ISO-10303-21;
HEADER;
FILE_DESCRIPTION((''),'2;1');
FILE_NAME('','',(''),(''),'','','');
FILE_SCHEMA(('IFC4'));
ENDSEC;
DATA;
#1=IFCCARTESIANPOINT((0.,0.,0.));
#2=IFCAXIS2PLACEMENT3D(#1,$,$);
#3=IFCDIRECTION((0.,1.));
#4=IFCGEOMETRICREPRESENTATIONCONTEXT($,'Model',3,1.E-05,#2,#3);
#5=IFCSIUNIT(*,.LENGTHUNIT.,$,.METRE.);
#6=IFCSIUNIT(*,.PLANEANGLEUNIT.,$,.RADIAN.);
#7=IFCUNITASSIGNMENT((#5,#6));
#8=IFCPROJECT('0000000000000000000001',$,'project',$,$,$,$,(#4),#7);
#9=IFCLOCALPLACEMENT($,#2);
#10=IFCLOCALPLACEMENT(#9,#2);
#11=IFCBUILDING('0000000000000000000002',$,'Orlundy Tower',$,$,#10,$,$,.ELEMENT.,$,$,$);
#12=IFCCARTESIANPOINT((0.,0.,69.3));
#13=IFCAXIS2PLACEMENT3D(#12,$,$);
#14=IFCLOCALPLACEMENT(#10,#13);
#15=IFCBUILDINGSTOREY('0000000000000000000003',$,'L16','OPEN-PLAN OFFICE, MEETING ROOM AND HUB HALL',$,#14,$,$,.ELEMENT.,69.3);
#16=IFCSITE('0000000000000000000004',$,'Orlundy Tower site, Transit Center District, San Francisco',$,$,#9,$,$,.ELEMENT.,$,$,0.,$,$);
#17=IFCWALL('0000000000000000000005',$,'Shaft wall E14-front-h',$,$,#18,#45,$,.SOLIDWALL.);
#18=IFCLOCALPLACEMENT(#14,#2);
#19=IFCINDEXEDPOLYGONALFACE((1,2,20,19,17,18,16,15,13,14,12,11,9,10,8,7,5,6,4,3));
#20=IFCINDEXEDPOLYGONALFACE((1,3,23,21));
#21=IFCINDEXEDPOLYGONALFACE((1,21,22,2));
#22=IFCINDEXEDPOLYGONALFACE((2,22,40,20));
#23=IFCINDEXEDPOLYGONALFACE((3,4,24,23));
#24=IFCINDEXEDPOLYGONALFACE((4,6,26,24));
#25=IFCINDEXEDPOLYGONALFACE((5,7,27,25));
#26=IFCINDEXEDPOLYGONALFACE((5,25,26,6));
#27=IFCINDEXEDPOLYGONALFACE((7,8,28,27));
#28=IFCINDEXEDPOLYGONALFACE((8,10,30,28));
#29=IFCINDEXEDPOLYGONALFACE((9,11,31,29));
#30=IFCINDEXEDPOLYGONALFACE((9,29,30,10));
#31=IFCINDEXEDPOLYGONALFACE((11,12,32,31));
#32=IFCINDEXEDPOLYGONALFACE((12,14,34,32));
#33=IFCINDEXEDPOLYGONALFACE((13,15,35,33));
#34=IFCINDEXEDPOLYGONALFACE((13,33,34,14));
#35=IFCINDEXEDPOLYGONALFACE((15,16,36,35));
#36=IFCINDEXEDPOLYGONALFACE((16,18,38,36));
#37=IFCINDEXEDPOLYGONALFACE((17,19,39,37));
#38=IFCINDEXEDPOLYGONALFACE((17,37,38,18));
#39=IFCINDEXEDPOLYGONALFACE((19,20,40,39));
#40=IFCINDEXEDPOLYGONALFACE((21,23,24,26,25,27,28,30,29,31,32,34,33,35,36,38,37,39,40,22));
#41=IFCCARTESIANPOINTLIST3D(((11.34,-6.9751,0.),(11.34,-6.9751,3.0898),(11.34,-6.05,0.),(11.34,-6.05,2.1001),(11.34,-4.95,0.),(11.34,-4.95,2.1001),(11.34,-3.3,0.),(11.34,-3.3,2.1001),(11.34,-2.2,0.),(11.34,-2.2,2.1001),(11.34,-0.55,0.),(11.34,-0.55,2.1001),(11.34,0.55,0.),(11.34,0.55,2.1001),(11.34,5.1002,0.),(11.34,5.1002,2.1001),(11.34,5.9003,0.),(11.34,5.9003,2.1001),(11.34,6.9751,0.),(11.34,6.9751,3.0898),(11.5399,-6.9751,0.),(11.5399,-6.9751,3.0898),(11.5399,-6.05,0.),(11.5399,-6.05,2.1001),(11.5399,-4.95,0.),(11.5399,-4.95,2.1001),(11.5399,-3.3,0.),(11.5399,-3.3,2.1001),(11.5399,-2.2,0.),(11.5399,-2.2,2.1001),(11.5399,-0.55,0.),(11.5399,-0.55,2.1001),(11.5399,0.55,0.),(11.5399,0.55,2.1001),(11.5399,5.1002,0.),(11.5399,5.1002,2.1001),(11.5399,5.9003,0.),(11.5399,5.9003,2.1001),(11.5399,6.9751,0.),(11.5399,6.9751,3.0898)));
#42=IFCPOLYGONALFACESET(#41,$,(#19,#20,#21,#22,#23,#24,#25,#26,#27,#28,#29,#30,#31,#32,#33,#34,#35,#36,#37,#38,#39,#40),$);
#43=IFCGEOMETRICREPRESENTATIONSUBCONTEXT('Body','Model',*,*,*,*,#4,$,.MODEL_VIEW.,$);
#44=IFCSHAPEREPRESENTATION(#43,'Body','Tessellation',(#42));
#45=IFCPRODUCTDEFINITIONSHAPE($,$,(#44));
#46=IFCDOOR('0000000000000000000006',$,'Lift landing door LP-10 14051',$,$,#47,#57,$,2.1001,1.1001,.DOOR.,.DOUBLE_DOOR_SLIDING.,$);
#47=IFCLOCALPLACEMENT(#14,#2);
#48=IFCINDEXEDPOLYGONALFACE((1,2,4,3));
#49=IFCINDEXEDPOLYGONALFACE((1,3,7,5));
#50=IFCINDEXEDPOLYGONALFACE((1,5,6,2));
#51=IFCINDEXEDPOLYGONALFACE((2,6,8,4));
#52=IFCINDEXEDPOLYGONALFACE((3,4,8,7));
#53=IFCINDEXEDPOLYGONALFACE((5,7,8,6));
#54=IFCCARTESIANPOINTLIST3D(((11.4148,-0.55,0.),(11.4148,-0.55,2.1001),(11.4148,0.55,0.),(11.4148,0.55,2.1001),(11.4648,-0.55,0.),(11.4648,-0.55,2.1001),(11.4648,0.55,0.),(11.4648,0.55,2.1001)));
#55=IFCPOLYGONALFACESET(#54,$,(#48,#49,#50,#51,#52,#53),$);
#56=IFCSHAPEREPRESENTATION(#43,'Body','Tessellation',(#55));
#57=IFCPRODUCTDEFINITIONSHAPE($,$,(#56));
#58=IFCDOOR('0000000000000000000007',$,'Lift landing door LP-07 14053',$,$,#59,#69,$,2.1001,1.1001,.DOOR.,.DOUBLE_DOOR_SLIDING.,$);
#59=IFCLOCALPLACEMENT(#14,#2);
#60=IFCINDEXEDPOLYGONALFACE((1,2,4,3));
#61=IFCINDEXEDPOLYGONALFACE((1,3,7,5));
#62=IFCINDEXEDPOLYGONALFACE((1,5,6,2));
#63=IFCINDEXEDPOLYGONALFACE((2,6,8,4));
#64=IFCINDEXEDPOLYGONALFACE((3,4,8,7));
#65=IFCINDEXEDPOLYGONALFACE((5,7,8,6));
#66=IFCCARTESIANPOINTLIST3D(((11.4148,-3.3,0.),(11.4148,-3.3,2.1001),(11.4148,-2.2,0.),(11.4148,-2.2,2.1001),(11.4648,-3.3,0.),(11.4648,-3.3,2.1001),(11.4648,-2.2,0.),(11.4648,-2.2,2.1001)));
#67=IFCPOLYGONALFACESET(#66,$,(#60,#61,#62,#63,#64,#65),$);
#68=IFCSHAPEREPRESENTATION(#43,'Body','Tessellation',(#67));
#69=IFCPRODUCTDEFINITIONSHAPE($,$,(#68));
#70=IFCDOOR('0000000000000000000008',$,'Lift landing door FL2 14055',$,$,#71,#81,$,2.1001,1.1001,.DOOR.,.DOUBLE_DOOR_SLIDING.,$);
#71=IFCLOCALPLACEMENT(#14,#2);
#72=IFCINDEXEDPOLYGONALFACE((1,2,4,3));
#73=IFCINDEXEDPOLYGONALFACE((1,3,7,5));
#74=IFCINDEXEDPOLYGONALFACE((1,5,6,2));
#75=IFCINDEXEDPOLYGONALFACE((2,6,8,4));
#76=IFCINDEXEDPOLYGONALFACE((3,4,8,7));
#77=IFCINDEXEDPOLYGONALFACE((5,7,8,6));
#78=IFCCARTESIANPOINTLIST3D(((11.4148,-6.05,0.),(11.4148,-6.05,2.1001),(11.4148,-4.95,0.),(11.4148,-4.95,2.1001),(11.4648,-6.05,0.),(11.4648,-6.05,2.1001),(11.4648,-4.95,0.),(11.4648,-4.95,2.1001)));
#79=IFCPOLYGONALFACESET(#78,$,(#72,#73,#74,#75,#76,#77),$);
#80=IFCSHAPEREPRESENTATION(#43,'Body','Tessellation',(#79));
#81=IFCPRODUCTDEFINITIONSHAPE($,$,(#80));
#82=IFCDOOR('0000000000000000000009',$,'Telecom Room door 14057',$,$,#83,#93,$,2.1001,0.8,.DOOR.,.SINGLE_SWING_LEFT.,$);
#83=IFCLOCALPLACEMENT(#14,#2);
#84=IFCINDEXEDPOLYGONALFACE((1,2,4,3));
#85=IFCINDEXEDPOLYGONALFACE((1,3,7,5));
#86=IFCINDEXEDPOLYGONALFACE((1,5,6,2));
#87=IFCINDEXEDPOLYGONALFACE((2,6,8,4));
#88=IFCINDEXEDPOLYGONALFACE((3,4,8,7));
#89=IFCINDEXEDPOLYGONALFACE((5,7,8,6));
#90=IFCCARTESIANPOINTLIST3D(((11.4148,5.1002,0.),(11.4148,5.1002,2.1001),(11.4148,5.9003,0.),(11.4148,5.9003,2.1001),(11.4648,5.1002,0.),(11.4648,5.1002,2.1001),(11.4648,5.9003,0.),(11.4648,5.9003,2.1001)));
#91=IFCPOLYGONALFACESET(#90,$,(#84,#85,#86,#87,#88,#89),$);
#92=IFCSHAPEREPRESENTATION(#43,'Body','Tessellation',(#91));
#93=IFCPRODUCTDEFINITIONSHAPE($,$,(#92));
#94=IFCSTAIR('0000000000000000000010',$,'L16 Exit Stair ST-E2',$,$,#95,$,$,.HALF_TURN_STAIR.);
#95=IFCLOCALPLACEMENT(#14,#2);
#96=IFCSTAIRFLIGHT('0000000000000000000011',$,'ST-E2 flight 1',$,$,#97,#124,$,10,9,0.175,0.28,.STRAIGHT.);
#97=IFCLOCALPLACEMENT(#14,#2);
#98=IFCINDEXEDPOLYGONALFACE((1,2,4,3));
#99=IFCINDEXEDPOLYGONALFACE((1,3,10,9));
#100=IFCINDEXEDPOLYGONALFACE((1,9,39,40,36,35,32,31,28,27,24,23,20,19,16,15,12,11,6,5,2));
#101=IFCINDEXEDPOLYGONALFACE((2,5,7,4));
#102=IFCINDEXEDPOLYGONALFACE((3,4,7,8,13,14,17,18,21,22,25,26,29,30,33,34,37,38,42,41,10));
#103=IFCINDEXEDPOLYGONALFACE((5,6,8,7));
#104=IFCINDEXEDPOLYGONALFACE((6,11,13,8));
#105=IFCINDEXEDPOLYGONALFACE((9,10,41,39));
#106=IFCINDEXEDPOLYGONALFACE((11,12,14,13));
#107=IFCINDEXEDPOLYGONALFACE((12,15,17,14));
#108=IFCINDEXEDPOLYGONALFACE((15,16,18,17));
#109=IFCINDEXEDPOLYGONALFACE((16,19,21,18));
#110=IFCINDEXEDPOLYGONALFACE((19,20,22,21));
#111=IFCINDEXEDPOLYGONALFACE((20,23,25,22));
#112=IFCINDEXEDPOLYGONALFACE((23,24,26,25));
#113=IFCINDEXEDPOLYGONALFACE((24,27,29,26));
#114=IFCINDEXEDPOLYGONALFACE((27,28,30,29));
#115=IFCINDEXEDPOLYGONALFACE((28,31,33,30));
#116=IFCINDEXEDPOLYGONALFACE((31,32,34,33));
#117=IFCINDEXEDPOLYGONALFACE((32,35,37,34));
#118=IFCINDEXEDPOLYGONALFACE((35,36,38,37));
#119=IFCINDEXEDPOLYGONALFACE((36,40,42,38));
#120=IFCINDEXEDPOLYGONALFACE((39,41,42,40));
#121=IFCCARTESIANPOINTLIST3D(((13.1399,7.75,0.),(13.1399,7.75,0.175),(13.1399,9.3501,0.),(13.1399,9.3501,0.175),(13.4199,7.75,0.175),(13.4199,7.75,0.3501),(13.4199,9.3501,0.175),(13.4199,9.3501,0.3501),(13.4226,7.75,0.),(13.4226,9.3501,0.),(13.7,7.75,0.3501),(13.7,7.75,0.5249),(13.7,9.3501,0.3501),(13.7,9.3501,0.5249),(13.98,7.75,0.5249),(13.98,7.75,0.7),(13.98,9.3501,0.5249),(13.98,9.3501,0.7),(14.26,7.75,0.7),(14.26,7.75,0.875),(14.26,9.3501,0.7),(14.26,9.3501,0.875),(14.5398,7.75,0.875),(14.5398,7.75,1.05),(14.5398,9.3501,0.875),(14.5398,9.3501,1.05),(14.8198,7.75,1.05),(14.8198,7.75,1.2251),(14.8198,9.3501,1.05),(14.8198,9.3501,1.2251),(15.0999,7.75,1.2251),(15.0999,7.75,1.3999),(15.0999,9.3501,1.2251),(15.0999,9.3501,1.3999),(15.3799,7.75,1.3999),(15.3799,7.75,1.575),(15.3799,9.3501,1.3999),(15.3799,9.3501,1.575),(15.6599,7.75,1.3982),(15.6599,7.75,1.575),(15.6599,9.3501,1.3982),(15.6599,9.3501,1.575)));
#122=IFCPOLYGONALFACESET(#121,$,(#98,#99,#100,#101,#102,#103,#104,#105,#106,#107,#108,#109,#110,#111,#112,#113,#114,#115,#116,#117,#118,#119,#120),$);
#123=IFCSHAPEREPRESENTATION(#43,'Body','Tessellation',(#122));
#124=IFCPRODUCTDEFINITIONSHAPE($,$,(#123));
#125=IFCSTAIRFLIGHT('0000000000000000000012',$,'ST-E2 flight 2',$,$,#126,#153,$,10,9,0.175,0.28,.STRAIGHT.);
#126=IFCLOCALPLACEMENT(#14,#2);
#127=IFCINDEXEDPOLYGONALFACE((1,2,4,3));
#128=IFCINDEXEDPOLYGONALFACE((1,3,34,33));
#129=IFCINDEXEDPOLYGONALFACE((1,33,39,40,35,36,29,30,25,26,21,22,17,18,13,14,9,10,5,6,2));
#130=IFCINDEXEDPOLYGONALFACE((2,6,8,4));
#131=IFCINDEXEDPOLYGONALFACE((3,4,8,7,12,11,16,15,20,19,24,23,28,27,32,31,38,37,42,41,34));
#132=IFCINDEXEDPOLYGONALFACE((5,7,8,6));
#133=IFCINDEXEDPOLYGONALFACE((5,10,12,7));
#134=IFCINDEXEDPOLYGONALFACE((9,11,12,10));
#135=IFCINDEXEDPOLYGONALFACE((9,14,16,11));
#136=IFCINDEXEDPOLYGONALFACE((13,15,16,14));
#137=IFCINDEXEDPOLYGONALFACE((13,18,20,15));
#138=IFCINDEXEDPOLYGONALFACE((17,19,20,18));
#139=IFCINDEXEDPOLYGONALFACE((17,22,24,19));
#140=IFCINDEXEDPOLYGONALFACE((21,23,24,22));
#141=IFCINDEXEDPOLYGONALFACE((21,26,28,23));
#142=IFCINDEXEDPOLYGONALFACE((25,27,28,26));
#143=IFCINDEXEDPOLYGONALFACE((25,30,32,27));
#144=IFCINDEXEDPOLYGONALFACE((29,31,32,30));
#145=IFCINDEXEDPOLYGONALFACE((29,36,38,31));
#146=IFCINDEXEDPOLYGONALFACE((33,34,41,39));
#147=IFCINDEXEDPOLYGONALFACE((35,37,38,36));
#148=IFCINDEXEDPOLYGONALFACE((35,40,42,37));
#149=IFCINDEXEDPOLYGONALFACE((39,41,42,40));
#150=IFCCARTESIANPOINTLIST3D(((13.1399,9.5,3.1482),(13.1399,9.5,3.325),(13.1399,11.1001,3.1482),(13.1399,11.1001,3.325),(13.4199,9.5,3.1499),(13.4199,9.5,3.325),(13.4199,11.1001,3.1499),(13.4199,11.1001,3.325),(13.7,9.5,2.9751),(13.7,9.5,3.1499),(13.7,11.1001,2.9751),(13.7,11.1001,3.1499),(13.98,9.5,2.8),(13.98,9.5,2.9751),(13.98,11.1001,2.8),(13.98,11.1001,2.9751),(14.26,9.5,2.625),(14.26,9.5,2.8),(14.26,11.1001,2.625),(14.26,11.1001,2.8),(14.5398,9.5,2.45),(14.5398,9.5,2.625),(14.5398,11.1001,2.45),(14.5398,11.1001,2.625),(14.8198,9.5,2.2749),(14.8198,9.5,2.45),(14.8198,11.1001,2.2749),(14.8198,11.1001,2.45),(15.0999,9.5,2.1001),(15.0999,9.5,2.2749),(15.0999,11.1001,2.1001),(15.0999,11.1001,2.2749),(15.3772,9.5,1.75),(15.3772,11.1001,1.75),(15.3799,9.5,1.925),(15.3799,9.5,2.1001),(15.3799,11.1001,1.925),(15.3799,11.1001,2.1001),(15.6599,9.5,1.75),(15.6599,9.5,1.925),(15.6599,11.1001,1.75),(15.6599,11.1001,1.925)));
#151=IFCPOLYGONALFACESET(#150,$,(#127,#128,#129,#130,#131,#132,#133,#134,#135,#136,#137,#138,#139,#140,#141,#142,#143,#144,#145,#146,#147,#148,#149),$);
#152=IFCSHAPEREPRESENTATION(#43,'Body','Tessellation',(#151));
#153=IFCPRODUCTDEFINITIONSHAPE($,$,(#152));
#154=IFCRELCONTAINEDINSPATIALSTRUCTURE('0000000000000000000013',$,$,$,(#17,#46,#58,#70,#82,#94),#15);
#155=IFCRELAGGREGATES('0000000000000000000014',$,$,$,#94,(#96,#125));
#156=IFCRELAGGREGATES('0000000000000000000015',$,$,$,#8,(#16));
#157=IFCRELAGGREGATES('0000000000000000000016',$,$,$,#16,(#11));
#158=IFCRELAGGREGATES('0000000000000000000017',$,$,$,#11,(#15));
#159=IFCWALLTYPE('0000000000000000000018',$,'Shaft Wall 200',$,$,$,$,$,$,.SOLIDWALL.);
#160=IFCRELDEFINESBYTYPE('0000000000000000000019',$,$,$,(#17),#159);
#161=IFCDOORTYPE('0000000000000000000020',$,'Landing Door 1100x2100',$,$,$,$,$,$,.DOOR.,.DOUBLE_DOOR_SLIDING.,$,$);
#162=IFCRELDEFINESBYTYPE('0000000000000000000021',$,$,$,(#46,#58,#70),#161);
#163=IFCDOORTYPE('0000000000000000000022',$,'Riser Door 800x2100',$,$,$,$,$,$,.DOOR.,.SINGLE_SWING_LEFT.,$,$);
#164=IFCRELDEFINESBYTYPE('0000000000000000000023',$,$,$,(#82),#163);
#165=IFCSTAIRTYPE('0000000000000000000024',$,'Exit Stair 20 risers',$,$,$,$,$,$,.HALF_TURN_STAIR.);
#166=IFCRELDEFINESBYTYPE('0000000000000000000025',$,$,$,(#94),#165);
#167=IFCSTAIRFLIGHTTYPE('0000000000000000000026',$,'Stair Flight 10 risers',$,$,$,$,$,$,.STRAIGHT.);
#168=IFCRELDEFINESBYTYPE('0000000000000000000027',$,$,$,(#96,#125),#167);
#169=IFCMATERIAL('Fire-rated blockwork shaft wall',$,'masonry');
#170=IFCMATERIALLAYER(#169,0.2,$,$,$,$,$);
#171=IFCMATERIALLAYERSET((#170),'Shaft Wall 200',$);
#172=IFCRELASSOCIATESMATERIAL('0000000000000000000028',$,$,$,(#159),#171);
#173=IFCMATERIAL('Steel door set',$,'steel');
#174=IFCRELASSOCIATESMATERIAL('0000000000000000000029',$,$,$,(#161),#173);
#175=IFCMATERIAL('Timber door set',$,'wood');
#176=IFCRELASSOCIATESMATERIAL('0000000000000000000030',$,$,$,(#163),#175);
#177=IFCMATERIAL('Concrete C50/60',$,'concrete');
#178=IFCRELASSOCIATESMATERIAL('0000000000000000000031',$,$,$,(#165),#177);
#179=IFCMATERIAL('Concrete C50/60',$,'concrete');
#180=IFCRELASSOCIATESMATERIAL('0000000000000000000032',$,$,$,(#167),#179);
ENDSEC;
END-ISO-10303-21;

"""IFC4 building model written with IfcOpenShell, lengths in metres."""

from ifc_helpers import new_model, si_unit, direction, frame, frame_2d, origin, place, context, subcontext, project, spatial, polyline, rectangle, outline, extrude, material, layer, layer_set, type_object, element, fill, aggregate, save


model = new_model("IFC4")

# Units and contexts
model_context = context("Model", 3, precision=1e-05, world=origin(), true_north=direction((0.0, 1.0)))
body_context = subcontext(model_context, "Body", "Model", "MODEL_VIEW")
ifc_project = project(units=[si_unit("LENGTHUNIT", "METRE"), si_unit("PLANEANGLEUNIT", "RADIAN")], contexts=[model_context])

# Site, building, storey
site_placement = place(None, origin())
site = spatial("IfcSite", under=ifc_project, at=site_placement, Name="Orlundy Tower site, Transit Center District, San Francisco", CompositionType="ELEMENT", RefElevation=0.0)
building_placement = place(site_placement, origin())
building = spatial("IfcBuilding", under=site, at=building_placement, Name="Orlundy Tower", CompositionType="ELEMENT")
storey_placement = place(building_placement, frame((0.0, 0.0, 69.3)))
storey = spatial("IfcBuildingStorey", under=building, at=storey_placement, Name="L16", Description="OPEN-PLAN OFFICE, MEETING ROOM AND HUB HALL", CompositionType="ELEMENT", Elevation=69.3)

# Shared definitions
ifc_material_1 = material(Name="Fire-rated blockwork shaft wall", Category="masonry")
ifc_layer_1 = layer(ifc_material_1, 0.2)
ifc_layer_set_1 = layer_set([ifc_layer_1], Name="Shaft Wall 200")
wall_type_1 = type_object("IfcWallType", Name="Shaft Wall 200", PredefinedType="SOLIDWALL", material=ifc_layer_set_1)

# Wall, openings, doors
wall_1_placement = place(storey_placement, frame((11.4399, 6.9751, 0.0), z_axis=(0.0, 0.0, 1.0), x_axis=(0.0, -1.0, 0.0)))
wall_1 = element("IfcWall", 1, at=wall_1_placement, inside=storey, type_object=wall_type_1, Name="Shaft wall E14-front-h", PredefinedType="SOLIDWALL", context=body_context, shape_type="SweptSolid", body=[
    extrude(rectangle(XDim=13.9502, YDim=0.2, at=frame_2d((6.9751, 0.0))), origin(), (0.0, 0.0, 1.0), 3.0898),
])
opening_1_placement = place(wall_1_placement, frame((6.425, 0.0, 0.0)))
opening_1 = element("IfcOpeningElement", 2, at=opening_1_placement, cuts=wall_1, PredefinedType="OPENING", context=body_context, shape_type="SweptSolid", body=[
    extrude(rectangle(XDim=1.1001, YDim=2.1001, at=frame_2d((0.55, 1.05))), frame((0.0, 0.1101, 0.0), z_axis=(0.0, -1.0, 0.0), x_axis=(1.0, 0.0, 0.0)), (0.0, 0.0, 1.0), 0.2202),
])
opening_2_placement = place(wall_1_placement, frame((9.175, 0.0, 0.0)))
opening_2 = element("IfcOpeningElement", 3, at=opening_2_placement, cuts=wall_1, PredefinedType="OPENING", context=body_context, shape_type="SweptSolid", body=[
    extrude(rectangle(XDim=1.1001, YDim=2.1001, at=frame_2d((0.55, 1.05))), frame((0.0, 0.1101, 0.0), z_axis=(0.0, -1.0, 0.0), x_axis=(1.0, 0.0, 0.0)), (0.0, 0.0, 1.0), 0.2202),
])
opening_3_placement = place(wall_1_placement, frame((11.925, 0.0, 0.0)))
opening_3 = element("IfcOpeningElement", 4, at=opening_3_placement, cuts=wall_1, PredefinedType="OPENING", context=body_context, shape_type="SweptSolid", body=[
    extrude(rectangle(XDim=1.1001, YDim=2.1001, at=frame_2d((0.55, 1.05))), frame((0.0, 0.1101, 0.0), z_axis=(0.0, -1.0, 0.0), x_axis=(1.0, 0.0, 0.0)), (0.0, 0.0, 1.0), 0.2202),
])
opening_4_placement = place(wall_1_placement, frame((1.075, 0.0, 0.0)))
opening_4 = element("IfcOpeningElement", 5, at=opening_4_placement, cuts=wall_1, PredefinedType="OPENING", context=body_context, shape_type="SweptSolid", body=[
    extrude(rectangle(XDim=0.8, YDim=2.1001, at=frame_2d((0.3999, 1.05))), frame((0.0, 0.1101, 0.0), z_axis=(0.0, -1.0, 0.0), x_axis=(1.0, 0.0, 0.0)), (0.0, 0.0, 1.0), 0.2202),
])
ifc_material_2 = material(Name="Steel door set", Category="steel")
door_type_1 = type_object("IfcDoorType", Name="Landing Door 1100x2100", OperationType="DOUBLE_DOOR_SLIDING", PredefinedType="DOOR", material=ifc_material_2)
door_1_placement = place(opening_1_placement, origin())
door_1 = element("IfcDoor", 6, at=door_1_placement, inside=storey, type_object=door_type_1, Name="Lift landing door LP-10 14051", OperationType="DOUBLE_DOOR_SLIDING", OverallHeight=2.1001, OverallWidth=1.1001, PredefinedType="DOOR", context=body_context, shape_type="SweptSolid", body=[
    extrude(rectangle(XDim=1.1001, YDim=2.1001, at=frame_2d((0.55, 1.05))), frame((0.0, 0.0249, 0.0), z_axis=(0.0, -1.0, 0.0), x_axis=(1.0, 0.0, 0.0)), (0.0, 0.0, 1.0), 0.05),
])
fill(opening_1, door_1)
door_2_placement = place(opening_2_placement, origin())
door_2 = element("IfcDoor", 7, at=door_2_placement, inside=storey, type_object=door_type_1, Name="Lift landing door LP-07 14053", OperationType="DOUBLE_DOOR_SLIDING", OverallHeight=2.1001, OverallWidth=1.1001, PredefinedType="DOOR", context=body_context, shape_type="SweptSolid", body=[
    extrude(rectangle(XDim=1.1001, YDim=2.1001, at=frame_2d((0.55, 1.05))), frame((0.0, 0.0249, 0.0), z_axis=(0.0, -1.0, 0.0), x_axis=(1.0, 0.0, 0.0)), (0.0, 0.0, 1.0), 0.05),
])
fill(opening_2, door_2)
door_3_placement = place(opening_3_placement, origin())
door_3 = element("IfcDoor", 8, at=door_3_placement, inside=storey, type_object=door_type_1, Name="Lift landing door FL2 14055", OperationType="DOUBLE_DOOR_SLIDING", OverallHeight=2.1001, OverallWidth=1.1001, PredefinedType="DOOR", context=body_context, shape_type="SweptSolid", body=[
    extrude(rectangle(XDim=1.1001, YDim=2.1001, at=frame_2d((0.55, 1.05))), frame((0.0, 0.0249, 0.0), z_axis=(0.0, -1.0, 0.0), x_axis=(1.0, 0.0, 0.0)), (0.0, 0.0, 1.0), 0.05),
])
fill(opening_3, door_3)
ifc_material_3 = material(Name="Timber door set", Category="wood")
door_type_2 = type_object("IfcDoorType", Name="Riser Door 800x2100", OperationType="SINGLE_SWING_LEFT", PredefinedType="DOOR", material=ifc_material_3)
door_4_placement = place(opening_4_placement, origin())
door_4 = element("IfcDoor", 9, at=door_4_placement, inside=storey, type_object=door_type_2, Name="Telecom Room door 14057", OperationType="SINGLE_SWING_LEFT", OverallHeight=2.1001, OverallWidth=0.8, PredefinedType="DOOR", context=body_context, shape_type="SweptSolid", body=[
    extrude(rectangle(XDim=0.8, YDim=2.1001, at=frame_2d((0.3999, 1.05))), frame((0.0, 0.0249, 0.0), z_axis=(0.0, -1.0, 0.0), x_axis=(1.0, 0.0, 0.0)), (0.0, 0.0, 1.0), 0.05),
])
fill(opening_4, door_4)

# Stair, stair flights
ifc_material_4 = material(Name="Concrete C50/60", Category="concrete")
stair_type = type_object("IfcStairType", Name="Exit Stair 20 risers", PredefinedType="HALF_TURN_STAIR", material=ifc_material_4)
stair_placement = place(storey_placement, origin())
stair = element("IfcStair", 10, at=stair_placement, inside=storey, type_object=stair_type, Name="L16 Exit Stair ST-E2", PredefinedType="HALF_TURN_STAIR")
ifc_material_5 = material(Name="Concrete C50/60", Category="concrete")
stair_flight_type = type_object("IfcStairFlightType", Name="Stair Flight 10 risers", PredefinedType="STRAIGHT", material=ifc_material_5)
stair_flight_1_placement = place(storey_placement, frame((13.1399, 8.55, 0.0), z_axis=(0.0, 0.0, 1.0), x_axis=(1.0, 0.0, 0.0)))
stair_flight_1 = element("IfcStairFlight", 11, at=stair_flight_1_placement, type_object=stair_flight_type, Name="ST-E2 flight 1", NumberOfRisers=10, NumberOfTreads=9, PredefinedType="STRAIGHT", RiserHeight=0.175, TreadLength=0.28, context=body_context, shape_type="SweptSolid", body=[
    extrude(outline(polyline([(0.0, 0.0), (0.0, 0.175), (0.28, 0.175), (0.28, 0.3501), (0.5601, 0.3501), (0.5601, 0.5249), (0.8401, 0.5249), (0.8401, 0.7), (1.1201, 0.7), (1.1201, 0.875), (1.3999, 0.875), (1.3999, 1.05), (1.6799, 1.05), (1.6799, 1.2251), (1.96, 1.2251), (1.96, 1.3999), (2.24, 1.3999), (2.24, 1.575), (2.52, 1.575), (2.52, 1.75), (2.52, 1.3982), (0.2827, 0.0), (0.0, 0.0)])), frame((0.0, 0.8, 0.0), z_axis=(0.0, -1.0, 0.0), x_axis=(1.0, 0.0, 0.0)), (0.0, 0.0, 1.0), 1.6001),
])
stair_flight_2_placement = place(storey_placement, frame((15.6599, 10.3, 1.75), z_axis=(0.0, 0.0, 1.0), x_axis=(-1.0, 0.0, 0.0)))
stair_flight_2 = element("IfcStairFlight", 12, at=stair_flight_2_placement, type_object=stair_flight_type, Name="ST-E2 flight 2", NumberOfRisers=10, NumberOfTreads=9, PredefinedType="STRAIGHT", RiserHeight=0.175, TreadLength=0.28, context=body_context, shape_type="SweptSolid", body=[
    extrude(outline(polyline([(0.0, 0.0), (0.0, 0.175), (0.28, 0.175), (0.28, 0.3501), (0.5601, 0.3501), (0.5601, 0.5249), (0.8401, 0.5249), (0.8401, 0.7), (1.1201, 0.7), (1.1201, 0.875), (1.3999, 0.875), (1.3999, 1.05), (1.6799, 1.05), (1.6799, 1.2251), (1.96, 1.2251), (1.96, 1.3999), (2.24, 1.3999), (2.24, 1.575), (2.52, 1.575), (2.52, 1.75), (2.52, 1.3982), (0.2827, 0.0), (0.0, 0.0)])), frame((0.0, 0.8, 0.0), z_axis=(0.0, -1.0, 0.0), x_axis=(1.0, 0.0, 0.0)), (0.0, 0.0, 1.0), 1.6001),
])
aggregate(stair, [stair_flight_1, stair_flight_2])

save(model, "model.ifc")
